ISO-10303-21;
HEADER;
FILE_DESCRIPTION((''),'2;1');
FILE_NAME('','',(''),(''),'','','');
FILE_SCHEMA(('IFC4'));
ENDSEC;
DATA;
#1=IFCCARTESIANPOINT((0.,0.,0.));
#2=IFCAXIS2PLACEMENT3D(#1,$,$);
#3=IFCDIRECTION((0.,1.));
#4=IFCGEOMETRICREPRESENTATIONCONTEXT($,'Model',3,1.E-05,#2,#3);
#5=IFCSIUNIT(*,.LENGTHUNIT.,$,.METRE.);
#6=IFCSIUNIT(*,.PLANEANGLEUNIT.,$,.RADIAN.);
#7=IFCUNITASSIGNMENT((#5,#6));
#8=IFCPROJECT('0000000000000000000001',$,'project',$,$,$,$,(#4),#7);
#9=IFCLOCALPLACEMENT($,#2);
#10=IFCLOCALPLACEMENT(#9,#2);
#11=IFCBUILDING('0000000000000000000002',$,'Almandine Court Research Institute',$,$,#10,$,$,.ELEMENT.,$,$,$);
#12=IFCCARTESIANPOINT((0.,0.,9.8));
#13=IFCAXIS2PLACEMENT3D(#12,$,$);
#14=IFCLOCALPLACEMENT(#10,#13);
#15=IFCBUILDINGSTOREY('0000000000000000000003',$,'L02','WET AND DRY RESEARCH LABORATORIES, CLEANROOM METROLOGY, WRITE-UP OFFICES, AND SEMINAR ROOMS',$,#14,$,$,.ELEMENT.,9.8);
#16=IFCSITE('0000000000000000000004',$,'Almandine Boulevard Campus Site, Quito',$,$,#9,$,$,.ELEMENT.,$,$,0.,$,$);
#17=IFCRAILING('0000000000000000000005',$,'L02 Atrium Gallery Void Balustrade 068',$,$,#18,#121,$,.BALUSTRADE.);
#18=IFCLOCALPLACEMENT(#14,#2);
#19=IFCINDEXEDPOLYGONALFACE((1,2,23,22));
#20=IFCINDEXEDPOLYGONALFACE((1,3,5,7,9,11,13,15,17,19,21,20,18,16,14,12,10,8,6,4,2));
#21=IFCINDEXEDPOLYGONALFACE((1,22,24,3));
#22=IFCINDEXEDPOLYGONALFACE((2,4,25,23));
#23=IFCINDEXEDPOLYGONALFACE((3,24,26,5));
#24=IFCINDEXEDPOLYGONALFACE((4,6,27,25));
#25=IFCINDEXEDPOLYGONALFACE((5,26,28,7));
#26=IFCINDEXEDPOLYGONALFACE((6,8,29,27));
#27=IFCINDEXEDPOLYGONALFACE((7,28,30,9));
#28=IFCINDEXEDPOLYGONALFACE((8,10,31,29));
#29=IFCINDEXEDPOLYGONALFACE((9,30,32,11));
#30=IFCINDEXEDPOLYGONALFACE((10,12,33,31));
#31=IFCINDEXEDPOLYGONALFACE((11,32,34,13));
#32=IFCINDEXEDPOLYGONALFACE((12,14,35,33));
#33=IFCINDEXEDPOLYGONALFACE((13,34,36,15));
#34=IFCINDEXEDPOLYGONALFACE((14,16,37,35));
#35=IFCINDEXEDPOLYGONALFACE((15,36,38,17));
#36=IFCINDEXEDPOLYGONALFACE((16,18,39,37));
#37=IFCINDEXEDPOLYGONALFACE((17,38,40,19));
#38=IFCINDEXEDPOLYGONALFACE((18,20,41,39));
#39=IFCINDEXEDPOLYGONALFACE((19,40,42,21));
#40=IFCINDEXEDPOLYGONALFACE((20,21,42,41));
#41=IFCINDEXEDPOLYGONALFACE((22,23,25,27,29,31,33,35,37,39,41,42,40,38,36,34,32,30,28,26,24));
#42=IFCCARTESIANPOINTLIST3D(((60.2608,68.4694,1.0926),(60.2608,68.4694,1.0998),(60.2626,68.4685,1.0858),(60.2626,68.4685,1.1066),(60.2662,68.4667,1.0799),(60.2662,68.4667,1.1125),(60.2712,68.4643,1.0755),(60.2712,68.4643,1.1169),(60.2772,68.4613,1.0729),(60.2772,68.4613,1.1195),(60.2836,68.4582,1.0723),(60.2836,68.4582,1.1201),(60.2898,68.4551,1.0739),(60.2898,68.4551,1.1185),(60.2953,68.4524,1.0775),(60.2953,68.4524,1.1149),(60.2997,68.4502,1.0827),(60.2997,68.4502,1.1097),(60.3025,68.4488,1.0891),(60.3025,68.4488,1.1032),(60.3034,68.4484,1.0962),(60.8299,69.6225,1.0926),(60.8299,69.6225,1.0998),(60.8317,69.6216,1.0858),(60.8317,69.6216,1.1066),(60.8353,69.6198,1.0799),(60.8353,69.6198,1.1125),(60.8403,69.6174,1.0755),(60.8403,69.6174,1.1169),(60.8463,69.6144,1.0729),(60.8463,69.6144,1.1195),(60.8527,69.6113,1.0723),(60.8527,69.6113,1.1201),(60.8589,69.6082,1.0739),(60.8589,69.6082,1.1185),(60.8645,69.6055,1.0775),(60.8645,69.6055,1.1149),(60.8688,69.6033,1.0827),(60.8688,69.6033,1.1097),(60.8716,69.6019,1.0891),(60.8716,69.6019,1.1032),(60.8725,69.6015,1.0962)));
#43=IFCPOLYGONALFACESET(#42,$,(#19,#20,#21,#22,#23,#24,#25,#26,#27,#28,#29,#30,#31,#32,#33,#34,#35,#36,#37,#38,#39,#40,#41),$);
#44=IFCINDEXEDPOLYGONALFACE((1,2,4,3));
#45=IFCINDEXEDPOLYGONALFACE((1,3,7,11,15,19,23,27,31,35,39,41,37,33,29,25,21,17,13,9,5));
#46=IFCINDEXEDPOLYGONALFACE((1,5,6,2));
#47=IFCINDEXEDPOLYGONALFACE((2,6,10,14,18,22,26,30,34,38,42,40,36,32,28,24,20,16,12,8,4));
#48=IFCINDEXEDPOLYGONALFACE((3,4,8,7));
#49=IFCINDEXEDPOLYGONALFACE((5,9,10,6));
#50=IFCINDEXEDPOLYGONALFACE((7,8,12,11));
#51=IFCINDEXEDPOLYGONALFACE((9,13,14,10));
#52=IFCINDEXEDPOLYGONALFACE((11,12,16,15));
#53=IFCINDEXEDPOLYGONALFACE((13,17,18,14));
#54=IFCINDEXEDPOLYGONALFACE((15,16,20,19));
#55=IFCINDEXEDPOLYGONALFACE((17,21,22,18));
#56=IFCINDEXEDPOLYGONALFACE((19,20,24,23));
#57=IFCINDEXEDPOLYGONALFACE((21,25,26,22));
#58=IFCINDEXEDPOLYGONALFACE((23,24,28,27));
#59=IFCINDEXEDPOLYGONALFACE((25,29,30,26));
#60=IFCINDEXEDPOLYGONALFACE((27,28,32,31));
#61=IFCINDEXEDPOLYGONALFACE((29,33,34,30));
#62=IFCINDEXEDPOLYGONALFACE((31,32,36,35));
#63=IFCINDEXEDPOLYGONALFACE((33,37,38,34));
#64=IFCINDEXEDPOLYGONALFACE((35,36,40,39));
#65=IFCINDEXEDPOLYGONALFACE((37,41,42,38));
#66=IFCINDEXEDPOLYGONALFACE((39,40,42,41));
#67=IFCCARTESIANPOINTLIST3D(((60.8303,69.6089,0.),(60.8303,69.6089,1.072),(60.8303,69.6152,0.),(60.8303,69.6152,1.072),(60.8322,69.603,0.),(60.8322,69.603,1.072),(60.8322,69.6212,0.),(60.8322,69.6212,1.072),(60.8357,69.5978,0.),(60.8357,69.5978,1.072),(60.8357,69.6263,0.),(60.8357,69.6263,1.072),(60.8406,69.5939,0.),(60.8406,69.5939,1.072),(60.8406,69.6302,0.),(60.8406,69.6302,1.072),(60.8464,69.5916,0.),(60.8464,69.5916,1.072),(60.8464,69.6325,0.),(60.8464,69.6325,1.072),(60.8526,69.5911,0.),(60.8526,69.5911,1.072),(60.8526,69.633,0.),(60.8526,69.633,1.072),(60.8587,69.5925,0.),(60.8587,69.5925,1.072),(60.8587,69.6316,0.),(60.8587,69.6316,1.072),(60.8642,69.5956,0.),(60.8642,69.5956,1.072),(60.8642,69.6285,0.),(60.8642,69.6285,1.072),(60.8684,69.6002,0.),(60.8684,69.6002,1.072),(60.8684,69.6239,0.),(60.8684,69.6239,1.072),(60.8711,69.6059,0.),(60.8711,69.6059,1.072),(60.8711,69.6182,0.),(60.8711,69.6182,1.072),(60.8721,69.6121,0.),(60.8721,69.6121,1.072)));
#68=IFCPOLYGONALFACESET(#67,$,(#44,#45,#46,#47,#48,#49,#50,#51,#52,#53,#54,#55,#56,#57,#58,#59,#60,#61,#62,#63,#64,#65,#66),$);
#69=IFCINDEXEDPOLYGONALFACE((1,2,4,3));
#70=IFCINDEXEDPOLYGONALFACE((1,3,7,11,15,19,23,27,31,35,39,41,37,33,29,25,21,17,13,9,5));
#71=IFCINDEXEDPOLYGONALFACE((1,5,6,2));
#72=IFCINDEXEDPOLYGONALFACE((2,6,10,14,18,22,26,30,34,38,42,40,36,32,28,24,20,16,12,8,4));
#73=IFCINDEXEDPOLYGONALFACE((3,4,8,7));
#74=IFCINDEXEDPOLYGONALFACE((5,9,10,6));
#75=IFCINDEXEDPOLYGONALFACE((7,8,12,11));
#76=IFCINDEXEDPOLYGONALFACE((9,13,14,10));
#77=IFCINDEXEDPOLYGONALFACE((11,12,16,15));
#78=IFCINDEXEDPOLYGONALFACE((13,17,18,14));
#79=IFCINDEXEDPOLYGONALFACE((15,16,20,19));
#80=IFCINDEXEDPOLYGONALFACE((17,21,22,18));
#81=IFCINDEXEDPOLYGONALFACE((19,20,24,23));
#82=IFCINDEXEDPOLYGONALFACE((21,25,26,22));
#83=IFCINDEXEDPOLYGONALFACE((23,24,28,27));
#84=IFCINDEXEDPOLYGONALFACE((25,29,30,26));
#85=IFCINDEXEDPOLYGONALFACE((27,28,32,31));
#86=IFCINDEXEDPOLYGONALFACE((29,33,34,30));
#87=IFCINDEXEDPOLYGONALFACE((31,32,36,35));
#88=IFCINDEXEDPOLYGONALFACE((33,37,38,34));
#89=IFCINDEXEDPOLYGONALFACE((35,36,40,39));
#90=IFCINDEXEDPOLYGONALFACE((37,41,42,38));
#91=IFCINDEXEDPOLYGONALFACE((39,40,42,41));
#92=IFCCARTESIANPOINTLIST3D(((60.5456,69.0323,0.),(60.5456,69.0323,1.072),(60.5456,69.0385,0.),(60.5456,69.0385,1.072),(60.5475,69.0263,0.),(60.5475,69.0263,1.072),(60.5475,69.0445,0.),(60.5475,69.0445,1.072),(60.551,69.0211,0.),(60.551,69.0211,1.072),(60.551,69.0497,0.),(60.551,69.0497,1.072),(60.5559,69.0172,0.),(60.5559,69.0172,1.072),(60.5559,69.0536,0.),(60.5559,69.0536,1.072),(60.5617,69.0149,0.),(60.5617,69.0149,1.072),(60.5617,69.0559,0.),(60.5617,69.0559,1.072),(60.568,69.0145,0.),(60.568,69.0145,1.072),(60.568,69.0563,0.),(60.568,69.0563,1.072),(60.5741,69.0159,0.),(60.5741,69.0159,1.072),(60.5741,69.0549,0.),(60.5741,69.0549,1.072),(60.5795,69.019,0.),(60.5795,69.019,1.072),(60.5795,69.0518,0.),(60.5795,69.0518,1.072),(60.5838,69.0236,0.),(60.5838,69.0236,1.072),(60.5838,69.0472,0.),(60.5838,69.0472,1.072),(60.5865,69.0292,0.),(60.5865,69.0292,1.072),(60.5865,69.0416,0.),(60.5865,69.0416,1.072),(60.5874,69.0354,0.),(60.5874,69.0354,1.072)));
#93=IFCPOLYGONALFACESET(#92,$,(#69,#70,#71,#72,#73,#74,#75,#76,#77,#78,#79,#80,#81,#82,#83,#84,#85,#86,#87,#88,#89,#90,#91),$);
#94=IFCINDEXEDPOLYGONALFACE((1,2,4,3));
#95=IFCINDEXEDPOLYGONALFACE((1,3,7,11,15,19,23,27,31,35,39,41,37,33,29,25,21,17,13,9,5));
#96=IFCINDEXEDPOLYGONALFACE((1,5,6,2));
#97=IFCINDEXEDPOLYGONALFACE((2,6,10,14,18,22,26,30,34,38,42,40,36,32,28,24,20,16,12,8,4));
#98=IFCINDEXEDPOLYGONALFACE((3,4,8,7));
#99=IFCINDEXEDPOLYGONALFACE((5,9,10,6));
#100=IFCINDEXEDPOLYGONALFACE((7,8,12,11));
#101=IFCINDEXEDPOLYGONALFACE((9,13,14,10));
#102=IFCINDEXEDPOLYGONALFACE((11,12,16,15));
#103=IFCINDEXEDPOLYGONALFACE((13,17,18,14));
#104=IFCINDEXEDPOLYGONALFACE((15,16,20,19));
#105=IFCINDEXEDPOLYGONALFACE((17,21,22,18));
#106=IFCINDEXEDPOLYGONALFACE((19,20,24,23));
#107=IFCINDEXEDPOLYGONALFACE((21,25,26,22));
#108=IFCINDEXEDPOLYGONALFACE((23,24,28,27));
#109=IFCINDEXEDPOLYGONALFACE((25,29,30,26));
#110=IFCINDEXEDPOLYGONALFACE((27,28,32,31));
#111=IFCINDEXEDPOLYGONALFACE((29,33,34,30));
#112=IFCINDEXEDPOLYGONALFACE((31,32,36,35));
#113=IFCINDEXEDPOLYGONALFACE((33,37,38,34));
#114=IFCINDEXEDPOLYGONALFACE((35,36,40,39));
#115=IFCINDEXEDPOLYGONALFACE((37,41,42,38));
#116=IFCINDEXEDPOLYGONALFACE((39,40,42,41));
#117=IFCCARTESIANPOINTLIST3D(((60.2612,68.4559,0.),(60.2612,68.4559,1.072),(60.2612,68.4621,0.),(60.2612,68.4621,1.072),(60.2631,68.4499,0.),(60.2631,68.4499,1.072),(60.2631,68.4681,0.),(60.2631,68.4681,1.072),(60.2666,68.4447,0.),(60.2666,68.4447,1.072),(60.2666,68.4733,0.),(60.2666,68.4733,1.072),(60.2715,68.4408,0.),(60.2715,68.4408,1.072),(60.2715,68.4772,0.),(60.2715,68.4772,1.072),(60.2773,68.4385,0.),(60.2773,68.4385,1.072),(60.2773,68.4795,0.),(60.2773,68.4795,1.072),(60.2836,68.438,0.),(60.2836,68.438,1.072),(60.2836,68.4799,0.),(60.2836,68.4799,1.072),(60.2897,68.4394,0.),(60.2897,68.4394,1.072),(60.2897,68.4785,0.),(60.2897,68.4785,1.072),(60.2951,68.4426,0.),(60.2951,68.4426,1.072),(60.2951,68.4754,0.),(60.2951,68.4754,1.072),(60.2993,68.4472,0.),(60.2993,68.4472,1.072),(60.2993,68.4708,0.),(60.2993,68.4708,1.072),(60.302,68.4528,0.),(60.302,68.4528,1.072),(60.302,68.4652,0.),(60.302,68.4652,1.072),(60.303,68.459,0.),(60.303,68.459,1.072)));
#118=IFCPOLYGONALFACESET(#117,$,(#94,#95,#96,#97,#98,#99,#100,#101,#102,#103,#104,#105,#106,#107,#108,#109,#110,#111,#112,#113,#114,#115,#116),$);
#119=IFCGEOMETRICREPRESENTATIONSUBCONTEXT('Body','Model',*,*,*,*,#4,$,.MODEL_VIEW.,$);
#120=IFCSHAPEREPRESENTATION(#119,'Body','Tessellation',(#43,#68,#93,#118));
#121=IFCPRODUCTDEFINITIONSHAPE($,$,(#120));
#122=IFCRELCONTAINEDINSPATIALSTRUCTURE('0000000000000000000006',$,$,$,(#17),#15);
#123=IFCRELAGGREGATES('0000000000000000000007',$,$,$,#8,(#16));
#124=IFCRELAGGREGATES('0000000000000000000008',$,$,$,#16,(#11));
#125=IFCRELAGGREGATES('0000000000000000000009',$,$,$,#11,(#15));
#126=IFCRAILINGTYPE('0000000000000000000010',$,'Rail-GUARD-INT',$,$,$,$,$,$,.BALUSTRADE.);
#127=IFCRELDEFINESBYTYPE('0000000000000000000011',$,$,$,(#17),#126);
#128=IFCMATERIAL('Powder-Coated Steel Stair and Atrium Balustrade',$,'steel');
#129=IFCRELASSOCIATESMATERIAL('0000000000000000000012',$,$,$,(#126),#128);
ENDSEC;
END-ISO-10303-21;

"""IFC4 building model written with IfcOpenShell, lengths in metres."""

from ifc_helpers import new_model, si_unit, direction, frame, origin, origin_2d, place, context, subcontext, project, spatial, circle, extrude, material, type_object, element, save


model = new_model("IFC4")

# Units and contexts
model_context = context("Model", 3, precision=1e-05, world=origin(), true_north=direction((0.0, 1.0)))
body_context = subcontext(model_context, "Body", "Model", "MODEL_VIEW")
ifc_project = project(units=[si_unit("LENGTHUNIT", "METRE"), si_unit("PLANEANGLEUNIT", "RADIAN")], contexts=[model_context])

# Site, building, storey
site_placement = place(None, origin())
site = spatial("IfcSite", under=ifc_project, at=site_placement, Name="Almandine Boulevard Campus Site, Quito", CompositionType="ELEMENT", RefElevation=0.0)
building_placement = place(site_placement, origin())
building = spatial("IfcBuilding", under=site, at=building_placement, Name="Almandine Court Research Institute", CompositionType="ELEMENT")
storey_placement = place(building_placement, frame((0.0, 0.0, 9.8)))
storey = spatial("IfcBuildingStorey", under=building, at=storey_placement, Name="L02", Description="WET AND DRY RESEARCH LABORATORIES, CLEANROOM METROLOGY, WRITE-UP OFFICES, AND SEMINAR ROOMS", CompositionType="ELEMENT", Elevation=9.8)

# Railing
ifc_material_1 = material(Name="Powder-Coated Steel Stair and Atrium Balustrade", Category="steel")
railing_type = type_object("IfcRailingType", Name="Rail-GUARD-INT", PredefinedType="BALUSTRADE", material=ifc_material_1)
railing_1_placement = place(storey_placement, frame((60.8511, 69.6121, 0.0)))
element("IfcRailing", 1, at=railing_1_placement, inside=storey, type_object=railing_type, Name="L02 Atrium Gallery Void Balustrade 068", PredefinedType="BALUSTRADE", context=body_context, shape_type="SweptSolid", body=[
    extrude(circle(Radius=0.0239, at=origin_2d()), frame((0.0, 0.0, 1.0962), z_axis=(-0.442575, -0.896732, 0.0), x_axis=(0.896732, -0.442575, 0.0)), (0.0, 0.0, 1.0), 1.2859),
    extrude(circle(Radius=0.021, at=origin_2d()), origin(), (0.0, 0.0, 1.0), 1.072),
    extrude(circle(Radius=0.021, at=origin_2d()), frame((-0.2847, -0.5767, 0.0)), (0.0, 0.0, 1.0), 1.072),
    extrude(circle(Radius=0.021, at=origin_2d()), frame((-0.5691, -1.1531, 0.0)), (0.0, 0.0, 1.0), 1.072),
])

save(model, "model.ifc")
